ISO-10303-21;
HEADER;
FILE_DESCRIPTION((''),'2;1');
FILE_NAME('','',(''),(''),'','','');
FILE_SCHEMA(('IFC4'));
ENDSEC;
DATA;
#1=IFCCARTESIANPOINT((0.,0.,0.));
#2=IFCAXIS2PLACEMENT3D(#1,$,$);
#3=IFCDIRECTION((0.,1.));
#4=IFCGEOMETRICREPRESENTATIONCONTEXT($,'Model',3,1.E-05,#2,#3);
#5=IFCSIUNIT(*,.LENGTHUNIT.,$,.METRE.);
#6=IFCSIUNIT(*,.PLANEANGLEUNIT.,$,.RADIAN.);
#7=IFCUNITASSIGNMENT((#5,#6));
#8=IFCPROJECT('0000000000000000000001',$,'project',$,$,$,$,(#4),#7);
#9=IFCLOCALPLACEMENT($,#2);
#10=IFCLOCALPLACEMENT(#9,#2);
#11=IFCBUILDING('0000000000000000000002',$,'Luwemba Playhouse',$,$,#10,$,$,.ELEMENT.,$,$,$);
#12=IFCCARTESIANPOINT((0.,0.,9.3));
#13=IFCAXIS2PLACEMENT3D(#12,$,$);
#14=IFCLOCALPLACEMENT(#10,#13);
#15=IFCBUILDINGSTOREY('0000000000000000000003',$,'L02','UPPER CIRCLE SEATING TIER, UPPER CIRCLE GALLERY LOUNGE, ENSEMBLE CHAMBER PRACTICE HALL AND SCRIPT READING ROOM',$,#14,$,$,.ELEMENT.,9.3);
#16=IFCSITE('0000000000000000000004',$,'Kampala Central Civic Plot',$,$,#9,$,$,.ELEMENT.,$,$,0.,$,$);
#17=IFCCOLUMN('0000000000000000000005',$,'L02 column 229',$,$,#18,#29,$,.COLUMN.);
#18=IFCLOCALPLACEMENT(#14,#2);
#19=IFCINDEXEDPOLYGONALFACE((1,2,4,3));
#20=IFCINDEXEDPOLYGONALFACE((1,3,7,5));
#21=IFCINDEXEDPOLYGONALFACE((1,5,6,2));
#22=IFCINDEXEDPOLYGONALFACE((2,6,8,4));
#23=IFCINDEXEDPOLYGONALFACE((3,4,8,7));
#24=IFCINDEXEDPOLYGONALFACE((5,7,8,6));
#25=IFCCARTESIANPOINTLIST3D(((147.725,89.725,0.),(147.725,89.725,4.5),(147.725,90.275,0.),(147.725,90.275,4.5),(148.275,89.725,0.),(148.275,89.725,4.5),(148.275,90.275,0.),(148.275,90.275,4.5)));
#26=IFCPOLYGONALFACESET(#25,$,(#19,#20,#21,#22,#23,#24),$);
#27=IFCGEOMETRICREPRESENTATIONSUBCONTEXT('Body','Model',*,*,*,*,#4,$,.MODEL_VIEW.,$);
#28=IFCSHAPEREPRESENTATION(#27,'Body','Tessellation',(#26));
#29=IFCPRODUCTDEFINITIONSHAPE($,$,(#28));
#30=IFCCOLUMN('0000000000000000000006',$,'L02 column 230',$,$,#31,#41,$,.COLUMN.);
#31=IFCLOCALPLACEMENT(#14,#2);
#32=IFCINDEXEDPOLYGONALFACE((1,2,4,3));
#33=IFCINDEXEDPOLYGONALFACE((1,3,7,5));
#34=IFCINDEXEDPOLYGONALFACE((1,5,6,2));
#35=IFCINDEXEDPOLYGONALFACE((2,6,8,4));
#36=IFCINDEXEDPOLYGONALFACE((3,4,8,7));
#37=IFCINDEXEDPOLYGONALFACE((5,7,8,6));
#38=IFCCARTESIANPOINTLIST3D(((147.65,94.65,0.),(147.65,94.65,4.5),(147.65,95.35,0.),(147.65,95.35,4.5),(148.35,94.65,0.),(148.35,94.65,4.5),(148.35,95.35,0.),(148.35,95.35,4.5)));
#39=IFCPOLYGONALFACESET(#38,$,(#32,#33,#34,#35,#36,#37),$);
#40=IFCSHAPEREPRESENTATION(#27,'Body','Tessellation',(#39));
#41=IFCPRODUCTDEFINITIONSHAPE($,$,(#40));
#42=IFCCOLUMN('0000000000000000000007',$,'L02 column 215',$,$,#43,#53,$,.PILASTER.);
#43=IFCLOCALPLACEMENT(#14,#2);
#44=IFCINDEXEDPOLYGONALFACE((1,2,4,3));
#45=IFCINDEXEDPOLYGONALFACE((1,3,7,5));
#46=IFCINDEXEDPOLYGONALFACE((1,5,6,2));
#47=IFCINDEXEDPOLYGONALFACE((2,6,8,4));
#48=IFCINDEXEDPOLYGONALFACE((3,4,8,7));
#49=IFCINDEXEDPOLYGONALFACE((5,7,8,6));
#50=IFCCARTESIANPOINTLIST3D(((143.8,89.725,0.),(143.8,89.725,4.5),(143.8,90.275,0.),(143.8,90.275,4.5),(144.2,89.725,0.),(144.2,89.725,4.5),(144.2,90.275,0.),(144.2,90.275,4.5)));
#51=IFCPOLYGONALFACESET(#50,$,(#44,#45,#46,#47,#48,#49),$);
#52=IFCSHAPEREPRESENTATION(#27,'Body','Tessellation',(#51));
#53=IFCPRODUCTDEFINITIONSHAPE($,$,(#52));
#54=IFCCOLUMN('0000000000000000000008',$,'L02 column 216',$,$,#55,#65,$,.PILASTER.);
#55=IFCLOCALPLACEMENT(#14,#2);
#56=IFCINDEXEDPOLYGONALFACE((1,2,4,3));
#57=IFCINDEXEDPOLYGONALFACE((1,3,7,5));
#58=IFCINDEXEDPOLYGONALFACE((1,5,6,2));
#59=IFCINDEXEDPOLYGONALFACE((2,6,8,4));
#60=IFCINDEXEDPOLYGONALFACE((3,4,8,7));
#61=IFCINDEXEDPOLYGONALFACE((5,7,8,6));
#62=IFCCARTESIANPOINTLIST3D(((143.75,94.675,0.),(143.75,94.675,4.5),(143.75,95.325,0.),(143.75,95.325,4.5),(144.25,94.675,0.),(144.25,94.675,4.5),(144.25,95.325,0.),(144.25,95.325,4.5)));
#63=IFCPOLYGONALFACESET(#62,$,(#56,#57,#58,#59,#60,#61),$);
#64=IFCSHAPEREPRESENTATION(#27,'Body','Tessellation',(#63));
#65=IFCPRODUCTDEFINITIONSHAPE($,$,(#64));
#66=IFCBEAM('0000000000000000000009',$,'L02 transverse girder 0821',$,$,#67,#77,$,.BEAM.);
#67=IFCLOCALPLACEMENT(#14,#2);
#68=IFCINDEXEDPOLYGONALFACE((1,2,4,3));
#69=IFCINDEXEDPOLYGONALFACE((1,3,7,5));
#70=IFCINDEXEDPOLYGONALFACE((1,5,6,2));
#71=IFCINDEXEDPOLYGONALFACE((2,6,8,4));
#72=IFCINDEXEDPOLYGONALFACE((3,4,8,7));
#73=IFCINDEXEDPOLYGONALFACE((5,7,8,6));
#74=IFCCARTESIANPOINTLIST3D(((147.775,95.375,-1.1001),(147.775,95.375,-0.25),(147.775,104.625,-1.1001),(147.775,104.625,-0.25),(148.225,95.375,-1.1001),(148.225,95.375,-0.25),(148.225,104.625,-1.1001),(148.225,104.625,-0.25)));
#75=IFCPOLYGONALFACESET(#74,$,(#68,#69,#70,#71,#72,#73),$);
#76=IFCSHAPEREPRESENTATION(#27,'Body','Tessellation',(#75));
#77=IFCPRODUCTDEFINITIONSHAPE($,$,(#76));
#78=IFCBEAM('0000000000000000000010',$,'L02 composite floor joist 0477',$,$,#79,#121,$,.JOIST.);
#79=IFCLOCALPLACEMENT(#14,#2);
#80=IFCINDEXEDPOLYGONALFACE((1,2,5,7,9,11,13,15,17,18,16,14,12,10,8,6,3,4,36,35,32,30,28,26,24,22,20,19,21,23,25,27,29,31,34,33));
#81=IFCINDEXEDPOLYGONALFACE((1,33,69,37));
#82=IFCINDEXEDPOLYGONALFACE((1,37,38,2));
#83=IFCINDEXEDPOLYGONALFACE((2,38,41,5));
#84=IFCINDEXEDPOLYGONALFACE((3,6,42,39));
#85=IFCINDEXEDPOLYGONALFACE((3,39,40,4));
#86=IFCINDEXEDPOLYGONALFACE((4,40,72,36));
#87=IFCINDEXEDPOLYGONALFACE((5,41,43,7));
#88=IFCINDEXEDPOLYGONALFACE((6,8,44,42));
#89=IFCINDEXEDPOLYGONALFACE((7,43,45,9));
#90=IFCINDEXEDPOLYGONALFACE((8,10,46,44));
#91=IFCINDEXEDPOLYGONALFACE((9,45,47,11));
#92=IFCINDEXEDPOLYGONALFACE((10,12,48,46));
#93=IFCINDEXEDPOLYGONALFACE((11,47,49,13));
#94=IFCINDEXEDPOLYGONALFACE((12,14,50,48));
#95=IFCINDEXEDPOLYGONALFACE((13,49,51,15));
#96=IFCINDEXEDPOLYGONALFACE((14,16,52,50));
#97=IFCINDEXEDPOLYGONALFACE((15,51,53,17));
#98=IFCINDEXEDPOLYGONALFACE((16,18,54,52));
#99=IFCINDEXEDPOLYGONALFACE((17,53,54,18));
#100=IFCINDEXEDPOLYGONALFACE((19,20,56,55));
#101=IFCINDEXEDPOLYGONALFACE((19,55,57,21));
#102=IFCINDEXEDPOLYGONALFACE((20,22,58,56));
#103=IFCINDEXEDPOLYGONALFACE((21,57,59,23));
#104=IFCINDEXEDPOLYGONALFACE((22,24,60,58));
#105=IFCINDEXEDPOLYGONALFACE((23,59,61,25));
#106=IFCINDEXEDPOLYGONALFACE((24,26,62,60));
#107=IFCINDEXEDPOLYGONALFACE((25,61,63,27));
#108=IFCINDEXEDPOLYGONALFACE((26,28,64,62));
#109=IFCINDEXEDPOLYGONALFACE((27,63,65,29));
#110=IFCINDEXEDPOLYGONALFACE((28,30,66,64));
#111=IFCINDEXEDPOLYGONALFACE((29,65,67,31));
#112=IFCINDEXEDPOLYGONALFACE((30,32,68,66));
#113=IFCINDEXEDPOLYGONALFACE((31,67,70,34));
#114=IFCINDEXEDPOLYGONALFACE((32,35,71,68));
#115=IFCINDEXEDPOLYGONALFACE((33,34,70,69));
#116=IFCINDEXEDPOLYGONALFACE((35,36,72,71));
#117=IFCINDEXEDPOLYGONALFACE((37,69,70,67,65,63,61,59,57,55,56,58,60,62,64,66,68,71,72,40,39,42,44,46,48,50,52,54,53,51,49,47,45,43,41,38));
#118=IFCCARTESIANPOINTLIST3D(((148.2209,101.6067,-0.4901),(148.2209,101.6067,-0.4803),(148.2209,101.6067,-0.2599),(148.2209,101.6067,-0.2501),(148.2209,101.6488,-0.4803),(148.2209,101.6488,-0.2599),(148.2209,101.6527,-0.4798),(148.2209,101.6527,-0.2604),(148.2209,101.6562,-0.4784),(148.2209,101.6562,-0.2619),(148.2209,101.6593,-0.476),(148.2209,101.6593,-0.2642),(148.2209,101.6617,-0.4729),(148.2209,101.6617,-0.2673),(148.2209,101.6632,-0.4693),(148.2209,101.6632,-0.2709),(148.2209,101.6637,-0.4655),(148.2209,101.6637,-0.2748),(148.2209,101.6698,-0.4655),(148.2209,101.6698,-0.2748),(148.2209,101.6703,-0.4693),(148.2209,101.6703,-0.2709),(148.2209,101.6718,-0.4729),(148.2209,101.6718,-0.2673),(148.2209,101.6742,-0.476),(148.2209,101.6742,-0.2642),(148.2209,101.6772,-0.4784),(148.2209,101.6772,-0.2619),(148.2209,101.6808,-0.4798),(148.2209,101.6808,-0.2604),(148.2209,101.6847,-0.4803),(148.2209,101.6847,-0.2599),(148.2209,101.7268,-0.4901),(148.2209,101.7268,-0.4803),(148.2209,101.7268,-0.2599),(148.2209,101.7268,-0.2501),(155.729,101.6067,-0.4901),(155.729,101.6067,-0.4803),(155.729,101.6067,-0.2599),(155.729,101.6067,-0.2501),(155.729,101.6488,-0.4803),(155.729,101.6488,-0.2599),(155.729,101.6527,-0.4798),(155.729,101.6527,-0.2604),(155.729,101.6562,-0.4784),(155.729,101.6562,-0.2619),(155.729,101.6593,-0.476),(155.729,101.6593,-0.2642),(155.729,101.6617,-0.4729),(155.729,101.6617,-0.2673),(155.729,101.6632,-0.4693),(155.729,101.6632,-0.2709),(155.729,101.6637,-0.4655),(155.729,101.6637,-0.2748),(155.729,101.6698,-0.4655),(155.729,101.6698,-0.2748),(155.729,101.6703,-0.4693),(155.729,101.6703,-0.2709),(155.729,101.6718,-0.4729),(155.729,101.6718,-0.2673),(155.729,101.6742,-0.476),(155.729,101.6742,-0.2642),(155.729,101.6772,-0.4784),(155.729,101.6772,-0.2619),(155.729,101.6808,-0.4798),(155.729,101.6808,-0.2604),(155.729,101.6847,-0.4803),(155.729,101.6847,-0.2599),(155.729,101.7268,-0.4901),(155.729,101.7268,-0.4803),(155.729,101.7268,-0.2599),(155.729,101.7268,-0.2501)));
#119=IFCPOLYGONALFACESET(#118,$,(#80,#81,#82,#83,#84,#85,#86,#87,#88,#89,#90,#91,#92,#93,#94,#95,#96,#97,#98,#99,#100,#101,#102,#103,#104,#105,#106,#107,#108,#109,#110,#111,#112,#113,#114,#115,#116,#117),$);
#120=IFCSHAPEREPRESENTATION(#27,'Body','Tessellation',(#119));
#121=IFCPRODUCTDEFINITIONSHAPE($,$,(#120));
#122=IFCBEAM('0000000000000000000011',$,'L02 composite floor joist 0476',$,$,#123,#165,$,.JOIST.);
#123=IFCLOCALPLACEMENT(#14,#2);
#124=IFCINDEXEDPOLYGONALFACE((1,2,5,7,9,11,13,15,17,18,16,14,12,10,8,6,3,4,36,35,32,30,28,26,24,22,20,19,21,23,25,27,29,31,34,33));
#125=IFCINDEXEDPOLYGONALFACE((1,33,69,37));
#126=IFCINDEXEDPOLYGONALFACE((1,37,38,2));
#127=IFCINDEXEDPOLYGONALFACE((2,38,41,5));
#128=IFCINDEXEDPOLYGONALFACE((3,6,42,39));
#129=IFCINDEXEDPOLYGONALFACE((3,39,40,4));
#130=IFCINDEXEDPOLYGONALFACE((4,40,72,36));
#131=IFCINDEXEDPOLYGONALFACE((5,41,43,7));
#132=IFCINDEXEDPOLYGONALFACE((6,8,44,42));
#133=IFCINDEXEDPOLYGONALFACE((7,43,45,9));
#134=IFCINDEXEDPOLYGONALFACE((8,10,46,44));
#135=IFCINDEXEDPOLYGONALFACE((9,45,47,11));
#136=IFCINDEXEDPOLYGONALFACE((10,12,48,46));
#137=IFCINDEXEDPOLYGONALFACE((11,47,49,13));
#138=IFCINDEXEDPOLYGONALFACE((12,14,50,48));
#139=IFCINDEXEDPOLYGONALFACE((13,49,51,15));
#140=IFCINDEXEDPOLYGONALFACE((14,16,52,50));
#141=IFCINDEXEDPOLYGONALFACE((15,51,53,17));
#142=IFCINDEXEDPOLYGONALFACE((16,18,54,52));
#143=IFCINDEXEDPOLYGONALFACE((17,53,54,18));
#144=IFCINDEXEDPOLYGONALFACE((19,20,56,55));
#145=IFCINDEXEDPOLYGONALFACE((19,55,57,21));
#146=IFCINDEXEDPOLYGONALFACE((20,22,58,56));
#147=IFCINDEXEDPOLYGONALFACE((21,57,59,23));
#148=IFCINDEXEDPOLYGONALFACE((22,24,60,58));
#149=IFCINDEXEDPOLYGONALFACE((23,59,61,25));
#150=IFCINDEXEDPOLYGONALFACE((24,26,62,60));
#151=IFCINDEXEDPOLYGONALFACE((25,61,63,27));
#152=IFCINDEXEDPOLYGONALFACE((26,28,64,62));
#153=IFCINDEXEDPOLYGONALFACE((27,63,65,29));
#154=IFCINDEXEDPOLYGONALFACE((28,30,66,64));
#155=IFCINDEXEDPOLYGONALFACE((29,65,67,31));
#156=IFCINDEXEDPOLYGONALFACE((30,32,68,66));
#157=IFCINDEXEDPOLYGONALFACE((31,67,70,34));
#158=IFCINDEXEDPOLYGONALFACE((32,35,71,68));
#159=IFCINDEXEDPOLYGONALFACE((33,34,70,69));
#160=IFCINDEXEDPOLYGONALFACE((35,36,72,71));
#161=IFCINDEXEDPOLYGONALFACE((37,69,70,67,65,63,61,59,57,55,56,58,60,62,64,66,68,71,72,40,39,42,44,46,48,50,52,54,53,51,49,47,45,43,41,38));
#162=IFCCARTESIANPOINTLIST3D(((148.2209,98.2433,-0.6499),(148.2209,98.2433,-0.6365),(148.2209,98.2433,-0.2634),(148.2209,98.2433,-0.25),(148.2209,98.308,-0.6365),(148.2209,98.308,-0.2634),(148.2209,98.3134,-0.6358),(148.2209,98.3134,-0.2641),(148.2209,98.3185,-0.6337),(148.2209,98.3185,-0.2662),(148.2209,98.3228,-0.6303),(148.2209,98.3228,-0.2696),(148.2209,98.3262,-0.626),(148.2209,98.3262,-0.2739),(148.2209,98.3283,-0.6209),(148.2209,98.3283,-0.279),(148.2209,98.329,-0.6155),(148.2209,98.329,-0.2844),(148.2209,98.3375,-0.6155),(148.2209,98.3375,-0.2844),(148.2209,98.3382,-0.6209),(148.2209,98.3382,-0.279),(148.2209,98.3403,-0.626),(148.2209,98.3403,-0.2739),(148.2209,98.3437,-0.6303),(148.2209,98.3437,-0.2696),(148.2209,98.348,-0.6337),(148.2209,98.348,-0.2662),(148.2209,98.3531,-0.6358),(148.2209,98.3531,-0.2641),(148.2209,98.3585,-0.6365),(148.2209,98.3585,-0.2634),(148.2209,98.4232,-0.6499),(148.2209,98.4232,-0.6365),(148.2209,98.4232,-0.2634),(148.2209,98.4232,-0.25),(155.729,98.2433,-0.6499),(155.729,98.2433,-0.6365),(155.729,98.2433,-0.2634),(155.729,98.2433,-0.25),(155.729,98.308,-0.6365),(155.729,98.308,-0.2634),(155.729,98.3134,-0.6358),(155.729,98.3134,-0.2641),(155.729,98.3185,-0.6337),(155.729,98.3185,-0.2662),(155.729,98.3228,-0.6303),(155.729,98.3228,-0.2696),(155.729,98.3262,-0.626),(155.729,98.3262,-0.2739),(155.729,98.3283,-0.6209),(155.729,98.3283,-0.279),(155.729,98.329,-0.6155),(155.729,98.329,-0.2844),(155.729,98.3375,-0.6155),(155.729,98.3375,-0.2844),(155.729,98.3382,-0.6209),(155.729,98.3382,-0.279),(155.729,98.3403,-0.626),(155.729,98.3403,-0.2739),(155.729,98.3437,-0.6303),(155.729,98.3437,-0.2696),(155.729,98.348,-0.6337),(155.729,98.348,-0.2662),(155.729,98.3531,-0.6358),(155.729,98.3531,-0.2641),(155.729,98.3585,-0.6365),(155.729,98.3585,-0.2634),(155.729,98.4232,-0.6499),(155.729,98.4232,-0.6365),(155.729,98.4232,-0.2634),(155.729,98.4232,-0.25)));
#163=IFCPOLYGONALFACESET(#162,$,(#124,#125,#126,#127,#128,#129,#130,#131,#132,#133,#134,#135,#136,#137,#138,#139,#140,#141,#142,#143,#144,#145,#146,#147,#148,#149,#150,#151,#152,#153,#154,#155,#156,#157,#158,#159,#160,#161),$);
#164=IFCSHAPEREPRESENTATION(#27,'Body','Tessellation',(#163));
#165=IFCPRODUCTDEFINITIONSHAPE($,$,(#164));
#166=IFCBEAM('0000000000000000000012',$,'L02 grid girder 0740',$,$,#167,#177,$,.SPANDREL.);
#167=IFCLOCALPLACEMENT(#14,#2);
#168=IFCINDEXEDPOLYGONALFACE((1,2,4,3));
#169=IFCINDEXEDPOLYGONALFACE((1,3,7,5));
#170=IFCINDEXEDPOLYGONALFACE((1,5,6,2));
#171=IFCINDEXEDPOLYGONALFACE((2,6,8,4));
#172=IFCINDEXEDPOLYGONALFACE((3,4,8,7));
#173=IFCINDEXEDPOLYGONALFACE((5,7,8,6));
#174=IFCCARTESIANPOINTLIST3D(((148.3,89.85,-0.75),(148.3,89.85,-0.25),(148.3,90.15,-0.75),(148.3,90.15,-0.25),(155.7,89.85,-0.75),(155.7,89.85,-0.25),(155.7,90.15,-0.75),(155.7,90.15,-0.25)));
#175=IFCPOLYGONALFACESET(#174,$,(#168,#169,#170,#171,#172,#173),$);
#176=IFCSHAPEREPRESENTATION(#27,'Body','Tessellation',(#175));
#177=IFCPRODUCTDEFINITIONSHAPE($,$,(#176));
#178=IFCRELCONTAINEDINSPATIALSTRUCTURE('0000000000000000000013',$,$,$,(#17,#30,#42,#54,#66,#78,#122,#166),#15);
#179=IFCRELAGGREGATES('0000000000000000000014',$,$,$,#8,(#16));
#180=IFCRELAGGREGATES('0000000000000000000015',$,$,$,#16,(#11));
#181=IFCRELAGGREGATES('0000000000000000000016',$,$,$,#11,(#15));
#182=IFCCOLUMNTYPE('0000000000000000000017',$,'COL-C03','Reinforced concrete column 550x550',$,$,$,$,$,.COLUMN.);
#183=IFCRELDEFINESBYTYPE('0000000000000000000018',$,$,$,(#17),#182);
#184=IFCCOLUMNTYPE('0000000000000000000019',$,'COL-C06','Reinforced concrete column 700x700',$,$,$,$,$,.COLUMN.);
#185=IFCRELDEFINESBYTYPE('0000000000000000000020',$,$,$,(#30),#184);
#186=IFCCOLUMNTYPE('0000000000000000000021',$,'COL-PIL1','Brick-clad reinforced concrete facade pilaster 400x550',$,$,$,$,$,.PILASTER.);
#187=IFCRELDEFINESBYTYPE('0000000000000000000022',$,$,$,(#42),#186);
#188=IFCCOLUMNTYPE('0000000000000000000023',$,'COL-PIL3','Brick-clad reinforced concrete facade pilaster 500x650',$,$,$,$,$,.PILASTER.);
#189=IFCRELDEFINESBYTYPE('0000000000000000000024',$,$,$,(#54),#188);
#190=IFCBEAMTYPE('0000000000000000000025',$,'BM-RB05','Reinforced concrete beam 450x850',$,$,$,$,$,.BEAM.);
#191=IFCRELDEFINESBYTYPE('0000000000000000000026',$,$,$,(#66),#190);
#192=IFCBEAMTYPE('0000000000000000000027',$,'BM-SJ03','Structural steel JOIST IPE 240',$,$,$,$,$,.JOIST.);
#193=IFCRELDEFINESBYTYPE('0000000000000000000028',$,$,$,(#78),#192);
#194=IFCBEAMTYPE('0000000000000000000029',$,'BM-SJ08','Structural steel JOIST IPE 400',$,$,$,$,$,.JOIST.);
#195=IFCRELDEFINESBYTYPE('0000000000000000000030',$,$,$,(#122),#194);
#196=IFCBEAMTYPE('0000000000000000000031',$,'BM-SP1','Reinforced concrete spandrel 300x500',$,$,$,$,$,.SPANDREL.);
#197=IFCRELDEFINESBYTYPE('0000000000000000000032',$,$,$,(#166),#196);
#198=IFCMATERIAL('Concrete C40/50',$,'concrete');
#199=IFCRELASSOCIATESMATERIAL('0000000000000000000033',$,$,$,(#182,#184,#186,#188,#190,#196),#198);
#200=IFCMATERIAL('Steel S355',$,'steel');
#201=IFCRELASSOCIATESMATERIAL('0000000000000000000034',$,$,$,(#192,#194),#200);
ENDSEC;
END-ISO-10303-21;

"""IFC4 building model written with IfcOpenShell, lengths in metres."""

from ifc_helpers import new_model, si_unit, direction, frame, origin, origin_2d, place, context, subcontext, project, spatial, rectangle, i_section, extrude, material, material_profile, profile_set, type_object, element, save


model = new_model("IFC4")

# Units and contexts
model_context = context("Model", 3, precision=1e-05, world=origin(), true_north=direction((0.0, 1.0)))
body_context = subcontext(model_context, "Body", "Model", "MODEL_VIEW")
ifc_project = project(units=[si_unit("LENGTHUNIT", "METRE"), si_unit("PLANEANGLEUNIT", "RADIAN")], contexts=[model_context])

# Site, building, storey
site_placement = place(None, origin())
site = spatial("IfcSite", under=ifc_project, at=site_placement, Name="Kampala Central Civic Plot", CompositionType="ELEMENT", RefElevation=0.0)
building_placement = place(site_placement, origin())
building = spatial("IfcBuilding", under=site, at=building_placement, Name="Luwemba Playhouse", CompositionType="ELEMENT")
storey_placement = place(building_placement, frame((0.0, 0.0, 9.3)))
storey = spatial("IfcBuildingStorey", under=building, at=storey_placement, Name="L02", Description="UPPER CIRCLE SEATING TIER, UPPER CIRCLE GALLERY LOUNGE, ENSEMBLE CHAMBER PRACTICE HALL AND SCRIPT READING ROOM", CompositionType="ELEMENT", Elevation=9.3)

# Columns
ifc_material_1 = material(Name="Concrete C40/50", Category="concrete")
ifc_material_profile_1 = material_profile(ifc_material_1, rectangle(XDim=0.55, YDim=0.55, at=origin_2d()))
ifc_profile_set_1 = profile_set([ifc_material_profile_1], Name="Concrete C40/50")
column_type_1 = type_object("IfcColumnType", Name="COL-C03", Description="Reinforced concrete column 550x550", PredefinedType="COLUMN", material=ifc_profile_set_1)
column_1_placement = place(storey_placement, frame((148.0, 90.0, 0.0), z_axis=(0.0, 0.0, 1.0), x_axis=(1.0, 0.0, 0.0)))
element("IfcColumn", 1, at=column_1_placement, inside=storey, type_object=column_type_1, Name="L02 column 229", PredefinedType="COLUMN", context=body_context, shape_type="SweptSolid", body=[
    extrude(rectangle(XDim=0.55, YDim=0.55, at=origin_2d()), origin(), (0.0, 0.0, 1.0), 4.5),
])
ifc_material_profile_2 = material_profile(ifc_material_1, rectangle(XDim=0.7, YDim=0.7, at=origin_2d()))
ifc_profile_set_2 = profile_set([ifc_material_profile_2], Name="Concrete C40/50")
column_type_2 = type_object("IfcColumnType", Name="COL-C06", Description="Reinforced concrete column 700x700", PredefinedType="COLUMN", material=ifc_profile_set_2)
column_2_placement = place(storey_placement, frame((148.0, 95.0, 0.0), z_axis=(0.0, 0.0, 1.0), x_axis=(1.0, 0.0, 0.0)))
element("IfcColumn", 2, at=column_2_placement, inside=storey, type_object=column_type_2, Name="L02 column 230", PredefinedType="COLUMN", context=body_context, shape_type="SweptSolid", body=[
    extrude(rectangle(XDim=0.7, YDim=0.7, at=origin_2d()), origin(), (0.0, 0.0, 1.0), 4.5),
])
ifc_material_profile_3 = material_profile(ifc_material_1, rectangle(XDim=0.3999, YDim=0.55, at=origin_2d()))
ifc_profile_set_3 = profile_set([ifc_material_profile_3], Name="Concrete C40/50")
column_type_3 = type_object("IfcColumnType", Name="COL-PIL1", Description="Brick-clad reinforced concrete facade pilaster 400x550", PredefinedType="PILASTER", material=ifc_profile_set_3)
column_3_placement = place(storey_placement, frame((144.0, 90.0, 0.0), z_axis=(0.0, 0.0, 1.0), x_axis=(1.0, 0.0, 0.0)))
element("IfcColumn", 3, at=column_3_placement, inside=storey, type_object=column_type_3, Name="L02 column 215", PredefinedType="PILASTER", context=body_context, shape_type="SweptSolid", body=[
    extrude(rectangle(XDim=0.3999, YDim=0.55, at=origin_2d()), origin(), (0.0, 0.0, 1.0), 4.5),
])
ifc_material_profile_4 = material_profile(ifc_material_1, rectangle(XDim=0.5, YDim=0.6499, at=origin_2d()))
ifc_profile_set_4 = profile_set([ifc_material_profile_4], Name="Concrete C40/50")
column_type_4 = type_object("IfcColumnType", Name="COL-PIL3", Description="Brick-clad reinforced concrete facade pilaster 500x650", PredefinedType="PILASTER", material=ifc_profile_set_4)
column_4_placement = place(storey_placement, frame((144.0, 95.0, 0.0), z_axis=(0.0, 0.0, 1.0), x_axis=(1.0, 0.0, 0.0)))
element("IfcColumn", 4, at=column_4_placement, inside=storey, type_object=column_type_4, Name="L02 column 216", PredefinedType="PILASTER", context=body_context, shape_type="SweptSolid", body=[
    extrude(rectangle(XDim=0.5, YDim=0.6499, at=origin_2d()), origin(), (0.0, 0.0, 1.0), 4.5),
])

# Beams
ifc_material_profile_5 = material_profile(ifc_material_1, rectangle(XDim=0.45, YDim=0.8501, at=origin_2d()))
ifc_profile_set_5 = profile_set([ifc_material_profile_5], Name="Concrete C40/50")
beam_type_1 = type_object("IfcBeamType", Name="BM-RB05", Description="Reinforced concrete beam 450x850", PredefinedType="BEAM", material=ifc_profile_set_5)
beam_1_placement = place(storey_placement, frame((148.0, 95.375, -0.675), z_axis=(0.0, 1.0, 0.0), x_axis=(-1.0, 0.0, 0.0)))
element("IfcBeam", 5, at=beam_1_placement, inside=storey, type_object=beam_type_1, Name="L02 transverse girder 0821", PredefinedType="BEAM", context=body_context, shape_type="SweptSolid", body=[
    extrude(rectangle(XDim=0.45, YDim=0.8501, at=origin_2d()), origin(), (0.0, 0.0, 1.0), 9.25),
])
ifc_material_2 = material(Name="Steel S355", Category="steel")
ifc_material_profile_6 = material_profile(ifc_material_2, i_section(OverallWidth=0.1201, OverallDepth=0.24, WebThickness=0.0061, FlangeThickness=0.0098, FilletRadius=0.0149, at=origin_2d()))
ifc_profile_set_6 = profile_set([ifc_material_profile_6], Name="Steel S355")
beam_type_2 = type_object("IfcBeamType", Name="BM-SJ03", Description="Structural steel JOIST IPE 240", PredefinedType="JOIST", material=ifc_profile_set_6)
beam_2_placement = place(storey_placement, frame((148.2209, 101.6667, -0.3701), z_axis=(1.0, 0.0, 0.0), x_axis=(0.0, 1.0, 0.0)))
element("IfcBeam", 6, at=beam_2_placement, inside=storey, type_object=beam_type_2, Name="L02 composite floor joist 0477", PredefinedType="JOIST", context=body_context, shape_type="SweptSolid", body=[
    extrude(i_section(OverallWidth=0.1201, OverallDepth=0.24, WebThickness=0.0061, FlangeThickness=0.0098, FilletRadius=0.0149, at=origin_2d()), origin(), (0.0, 0.0, 1.0), 7.5081),
])
ifc_material_profile_7 = material_profile(ifc_material_2, i_section(OverallWidth=0.1799, OverallDepth=0.3999, WebThickness=0.0085, FlangeThickness=0.0134, FilletRadius=0.021, at=origin_2d()))
ifc_profile_set_7 = profile_set([ifc_material_profile_7], Name="Steel S355")
beam_type_3 = type_object("IfcBeamType", Name="BM-SJ08", Description="Structural steel JOIST IPE 400", PredefinedType="JOIST", material=ifc_profile_set_7)
beam_3_placement = place(storey_placement, frame((148.2209, 98.3333, -0.45), z_axis=(1.0, 0.0, 0.0), x_axis=(0.0, 1.0, 0.0)))
element("IfcBeam", 7, at=beam_3_placement, inside=storey, type_object=beam_type_3, Name="L02 composite floor joist 0476", PredefinedType="JOIST", context=body_context, shape_type="SweptSolid", body=[
    extrude(i_section(OverallWidth=0.1799, OverallDepth=0.3999, WebThickness=0.0085, FlangeThickness=0.0134, FilletRadius=0.021, at=origin_2d()), origin(), (0.0, 0.0, 1.0), 7.5081),
])
ifc_material_profile_8 = material_profile(ifc_material_1, rectangle(XDim=0.3, YDim=0.5, at=origin_2d()))
ifc_profile_set_8 = profile_set([ifc_material_profile_8], Name="Concrete C40/50")
beam_type_4 = type_object("IfcBeamType", Name="BM-SP1", Description="Reinforced concrete spandrel 300x500", PredefinedType="SPANDREL", material=ifc_profile_set_8)
beam_4_placement = place(storey_placement, frame((148.3, 90.0, -0.5), z_axis=(1.0, 0.0, 0.0), x_axis=(0.0, 1.0, 0.0)))
element("IfcBeam", 8, at=beam_4_placement, inside=storey, type_object=beam_type_4, Name="L02 grid girder 0740", PredefinedType="SPANDREL", context=body_context, shape_type="SweptSolid", body=[
    extrude(rectangle(XDim=0.3, YDim=0.5, at=origin_2d()), origin(), (0.0, 0.0, 1.0), 7.3999),
])

save(model, "model.ifc")
